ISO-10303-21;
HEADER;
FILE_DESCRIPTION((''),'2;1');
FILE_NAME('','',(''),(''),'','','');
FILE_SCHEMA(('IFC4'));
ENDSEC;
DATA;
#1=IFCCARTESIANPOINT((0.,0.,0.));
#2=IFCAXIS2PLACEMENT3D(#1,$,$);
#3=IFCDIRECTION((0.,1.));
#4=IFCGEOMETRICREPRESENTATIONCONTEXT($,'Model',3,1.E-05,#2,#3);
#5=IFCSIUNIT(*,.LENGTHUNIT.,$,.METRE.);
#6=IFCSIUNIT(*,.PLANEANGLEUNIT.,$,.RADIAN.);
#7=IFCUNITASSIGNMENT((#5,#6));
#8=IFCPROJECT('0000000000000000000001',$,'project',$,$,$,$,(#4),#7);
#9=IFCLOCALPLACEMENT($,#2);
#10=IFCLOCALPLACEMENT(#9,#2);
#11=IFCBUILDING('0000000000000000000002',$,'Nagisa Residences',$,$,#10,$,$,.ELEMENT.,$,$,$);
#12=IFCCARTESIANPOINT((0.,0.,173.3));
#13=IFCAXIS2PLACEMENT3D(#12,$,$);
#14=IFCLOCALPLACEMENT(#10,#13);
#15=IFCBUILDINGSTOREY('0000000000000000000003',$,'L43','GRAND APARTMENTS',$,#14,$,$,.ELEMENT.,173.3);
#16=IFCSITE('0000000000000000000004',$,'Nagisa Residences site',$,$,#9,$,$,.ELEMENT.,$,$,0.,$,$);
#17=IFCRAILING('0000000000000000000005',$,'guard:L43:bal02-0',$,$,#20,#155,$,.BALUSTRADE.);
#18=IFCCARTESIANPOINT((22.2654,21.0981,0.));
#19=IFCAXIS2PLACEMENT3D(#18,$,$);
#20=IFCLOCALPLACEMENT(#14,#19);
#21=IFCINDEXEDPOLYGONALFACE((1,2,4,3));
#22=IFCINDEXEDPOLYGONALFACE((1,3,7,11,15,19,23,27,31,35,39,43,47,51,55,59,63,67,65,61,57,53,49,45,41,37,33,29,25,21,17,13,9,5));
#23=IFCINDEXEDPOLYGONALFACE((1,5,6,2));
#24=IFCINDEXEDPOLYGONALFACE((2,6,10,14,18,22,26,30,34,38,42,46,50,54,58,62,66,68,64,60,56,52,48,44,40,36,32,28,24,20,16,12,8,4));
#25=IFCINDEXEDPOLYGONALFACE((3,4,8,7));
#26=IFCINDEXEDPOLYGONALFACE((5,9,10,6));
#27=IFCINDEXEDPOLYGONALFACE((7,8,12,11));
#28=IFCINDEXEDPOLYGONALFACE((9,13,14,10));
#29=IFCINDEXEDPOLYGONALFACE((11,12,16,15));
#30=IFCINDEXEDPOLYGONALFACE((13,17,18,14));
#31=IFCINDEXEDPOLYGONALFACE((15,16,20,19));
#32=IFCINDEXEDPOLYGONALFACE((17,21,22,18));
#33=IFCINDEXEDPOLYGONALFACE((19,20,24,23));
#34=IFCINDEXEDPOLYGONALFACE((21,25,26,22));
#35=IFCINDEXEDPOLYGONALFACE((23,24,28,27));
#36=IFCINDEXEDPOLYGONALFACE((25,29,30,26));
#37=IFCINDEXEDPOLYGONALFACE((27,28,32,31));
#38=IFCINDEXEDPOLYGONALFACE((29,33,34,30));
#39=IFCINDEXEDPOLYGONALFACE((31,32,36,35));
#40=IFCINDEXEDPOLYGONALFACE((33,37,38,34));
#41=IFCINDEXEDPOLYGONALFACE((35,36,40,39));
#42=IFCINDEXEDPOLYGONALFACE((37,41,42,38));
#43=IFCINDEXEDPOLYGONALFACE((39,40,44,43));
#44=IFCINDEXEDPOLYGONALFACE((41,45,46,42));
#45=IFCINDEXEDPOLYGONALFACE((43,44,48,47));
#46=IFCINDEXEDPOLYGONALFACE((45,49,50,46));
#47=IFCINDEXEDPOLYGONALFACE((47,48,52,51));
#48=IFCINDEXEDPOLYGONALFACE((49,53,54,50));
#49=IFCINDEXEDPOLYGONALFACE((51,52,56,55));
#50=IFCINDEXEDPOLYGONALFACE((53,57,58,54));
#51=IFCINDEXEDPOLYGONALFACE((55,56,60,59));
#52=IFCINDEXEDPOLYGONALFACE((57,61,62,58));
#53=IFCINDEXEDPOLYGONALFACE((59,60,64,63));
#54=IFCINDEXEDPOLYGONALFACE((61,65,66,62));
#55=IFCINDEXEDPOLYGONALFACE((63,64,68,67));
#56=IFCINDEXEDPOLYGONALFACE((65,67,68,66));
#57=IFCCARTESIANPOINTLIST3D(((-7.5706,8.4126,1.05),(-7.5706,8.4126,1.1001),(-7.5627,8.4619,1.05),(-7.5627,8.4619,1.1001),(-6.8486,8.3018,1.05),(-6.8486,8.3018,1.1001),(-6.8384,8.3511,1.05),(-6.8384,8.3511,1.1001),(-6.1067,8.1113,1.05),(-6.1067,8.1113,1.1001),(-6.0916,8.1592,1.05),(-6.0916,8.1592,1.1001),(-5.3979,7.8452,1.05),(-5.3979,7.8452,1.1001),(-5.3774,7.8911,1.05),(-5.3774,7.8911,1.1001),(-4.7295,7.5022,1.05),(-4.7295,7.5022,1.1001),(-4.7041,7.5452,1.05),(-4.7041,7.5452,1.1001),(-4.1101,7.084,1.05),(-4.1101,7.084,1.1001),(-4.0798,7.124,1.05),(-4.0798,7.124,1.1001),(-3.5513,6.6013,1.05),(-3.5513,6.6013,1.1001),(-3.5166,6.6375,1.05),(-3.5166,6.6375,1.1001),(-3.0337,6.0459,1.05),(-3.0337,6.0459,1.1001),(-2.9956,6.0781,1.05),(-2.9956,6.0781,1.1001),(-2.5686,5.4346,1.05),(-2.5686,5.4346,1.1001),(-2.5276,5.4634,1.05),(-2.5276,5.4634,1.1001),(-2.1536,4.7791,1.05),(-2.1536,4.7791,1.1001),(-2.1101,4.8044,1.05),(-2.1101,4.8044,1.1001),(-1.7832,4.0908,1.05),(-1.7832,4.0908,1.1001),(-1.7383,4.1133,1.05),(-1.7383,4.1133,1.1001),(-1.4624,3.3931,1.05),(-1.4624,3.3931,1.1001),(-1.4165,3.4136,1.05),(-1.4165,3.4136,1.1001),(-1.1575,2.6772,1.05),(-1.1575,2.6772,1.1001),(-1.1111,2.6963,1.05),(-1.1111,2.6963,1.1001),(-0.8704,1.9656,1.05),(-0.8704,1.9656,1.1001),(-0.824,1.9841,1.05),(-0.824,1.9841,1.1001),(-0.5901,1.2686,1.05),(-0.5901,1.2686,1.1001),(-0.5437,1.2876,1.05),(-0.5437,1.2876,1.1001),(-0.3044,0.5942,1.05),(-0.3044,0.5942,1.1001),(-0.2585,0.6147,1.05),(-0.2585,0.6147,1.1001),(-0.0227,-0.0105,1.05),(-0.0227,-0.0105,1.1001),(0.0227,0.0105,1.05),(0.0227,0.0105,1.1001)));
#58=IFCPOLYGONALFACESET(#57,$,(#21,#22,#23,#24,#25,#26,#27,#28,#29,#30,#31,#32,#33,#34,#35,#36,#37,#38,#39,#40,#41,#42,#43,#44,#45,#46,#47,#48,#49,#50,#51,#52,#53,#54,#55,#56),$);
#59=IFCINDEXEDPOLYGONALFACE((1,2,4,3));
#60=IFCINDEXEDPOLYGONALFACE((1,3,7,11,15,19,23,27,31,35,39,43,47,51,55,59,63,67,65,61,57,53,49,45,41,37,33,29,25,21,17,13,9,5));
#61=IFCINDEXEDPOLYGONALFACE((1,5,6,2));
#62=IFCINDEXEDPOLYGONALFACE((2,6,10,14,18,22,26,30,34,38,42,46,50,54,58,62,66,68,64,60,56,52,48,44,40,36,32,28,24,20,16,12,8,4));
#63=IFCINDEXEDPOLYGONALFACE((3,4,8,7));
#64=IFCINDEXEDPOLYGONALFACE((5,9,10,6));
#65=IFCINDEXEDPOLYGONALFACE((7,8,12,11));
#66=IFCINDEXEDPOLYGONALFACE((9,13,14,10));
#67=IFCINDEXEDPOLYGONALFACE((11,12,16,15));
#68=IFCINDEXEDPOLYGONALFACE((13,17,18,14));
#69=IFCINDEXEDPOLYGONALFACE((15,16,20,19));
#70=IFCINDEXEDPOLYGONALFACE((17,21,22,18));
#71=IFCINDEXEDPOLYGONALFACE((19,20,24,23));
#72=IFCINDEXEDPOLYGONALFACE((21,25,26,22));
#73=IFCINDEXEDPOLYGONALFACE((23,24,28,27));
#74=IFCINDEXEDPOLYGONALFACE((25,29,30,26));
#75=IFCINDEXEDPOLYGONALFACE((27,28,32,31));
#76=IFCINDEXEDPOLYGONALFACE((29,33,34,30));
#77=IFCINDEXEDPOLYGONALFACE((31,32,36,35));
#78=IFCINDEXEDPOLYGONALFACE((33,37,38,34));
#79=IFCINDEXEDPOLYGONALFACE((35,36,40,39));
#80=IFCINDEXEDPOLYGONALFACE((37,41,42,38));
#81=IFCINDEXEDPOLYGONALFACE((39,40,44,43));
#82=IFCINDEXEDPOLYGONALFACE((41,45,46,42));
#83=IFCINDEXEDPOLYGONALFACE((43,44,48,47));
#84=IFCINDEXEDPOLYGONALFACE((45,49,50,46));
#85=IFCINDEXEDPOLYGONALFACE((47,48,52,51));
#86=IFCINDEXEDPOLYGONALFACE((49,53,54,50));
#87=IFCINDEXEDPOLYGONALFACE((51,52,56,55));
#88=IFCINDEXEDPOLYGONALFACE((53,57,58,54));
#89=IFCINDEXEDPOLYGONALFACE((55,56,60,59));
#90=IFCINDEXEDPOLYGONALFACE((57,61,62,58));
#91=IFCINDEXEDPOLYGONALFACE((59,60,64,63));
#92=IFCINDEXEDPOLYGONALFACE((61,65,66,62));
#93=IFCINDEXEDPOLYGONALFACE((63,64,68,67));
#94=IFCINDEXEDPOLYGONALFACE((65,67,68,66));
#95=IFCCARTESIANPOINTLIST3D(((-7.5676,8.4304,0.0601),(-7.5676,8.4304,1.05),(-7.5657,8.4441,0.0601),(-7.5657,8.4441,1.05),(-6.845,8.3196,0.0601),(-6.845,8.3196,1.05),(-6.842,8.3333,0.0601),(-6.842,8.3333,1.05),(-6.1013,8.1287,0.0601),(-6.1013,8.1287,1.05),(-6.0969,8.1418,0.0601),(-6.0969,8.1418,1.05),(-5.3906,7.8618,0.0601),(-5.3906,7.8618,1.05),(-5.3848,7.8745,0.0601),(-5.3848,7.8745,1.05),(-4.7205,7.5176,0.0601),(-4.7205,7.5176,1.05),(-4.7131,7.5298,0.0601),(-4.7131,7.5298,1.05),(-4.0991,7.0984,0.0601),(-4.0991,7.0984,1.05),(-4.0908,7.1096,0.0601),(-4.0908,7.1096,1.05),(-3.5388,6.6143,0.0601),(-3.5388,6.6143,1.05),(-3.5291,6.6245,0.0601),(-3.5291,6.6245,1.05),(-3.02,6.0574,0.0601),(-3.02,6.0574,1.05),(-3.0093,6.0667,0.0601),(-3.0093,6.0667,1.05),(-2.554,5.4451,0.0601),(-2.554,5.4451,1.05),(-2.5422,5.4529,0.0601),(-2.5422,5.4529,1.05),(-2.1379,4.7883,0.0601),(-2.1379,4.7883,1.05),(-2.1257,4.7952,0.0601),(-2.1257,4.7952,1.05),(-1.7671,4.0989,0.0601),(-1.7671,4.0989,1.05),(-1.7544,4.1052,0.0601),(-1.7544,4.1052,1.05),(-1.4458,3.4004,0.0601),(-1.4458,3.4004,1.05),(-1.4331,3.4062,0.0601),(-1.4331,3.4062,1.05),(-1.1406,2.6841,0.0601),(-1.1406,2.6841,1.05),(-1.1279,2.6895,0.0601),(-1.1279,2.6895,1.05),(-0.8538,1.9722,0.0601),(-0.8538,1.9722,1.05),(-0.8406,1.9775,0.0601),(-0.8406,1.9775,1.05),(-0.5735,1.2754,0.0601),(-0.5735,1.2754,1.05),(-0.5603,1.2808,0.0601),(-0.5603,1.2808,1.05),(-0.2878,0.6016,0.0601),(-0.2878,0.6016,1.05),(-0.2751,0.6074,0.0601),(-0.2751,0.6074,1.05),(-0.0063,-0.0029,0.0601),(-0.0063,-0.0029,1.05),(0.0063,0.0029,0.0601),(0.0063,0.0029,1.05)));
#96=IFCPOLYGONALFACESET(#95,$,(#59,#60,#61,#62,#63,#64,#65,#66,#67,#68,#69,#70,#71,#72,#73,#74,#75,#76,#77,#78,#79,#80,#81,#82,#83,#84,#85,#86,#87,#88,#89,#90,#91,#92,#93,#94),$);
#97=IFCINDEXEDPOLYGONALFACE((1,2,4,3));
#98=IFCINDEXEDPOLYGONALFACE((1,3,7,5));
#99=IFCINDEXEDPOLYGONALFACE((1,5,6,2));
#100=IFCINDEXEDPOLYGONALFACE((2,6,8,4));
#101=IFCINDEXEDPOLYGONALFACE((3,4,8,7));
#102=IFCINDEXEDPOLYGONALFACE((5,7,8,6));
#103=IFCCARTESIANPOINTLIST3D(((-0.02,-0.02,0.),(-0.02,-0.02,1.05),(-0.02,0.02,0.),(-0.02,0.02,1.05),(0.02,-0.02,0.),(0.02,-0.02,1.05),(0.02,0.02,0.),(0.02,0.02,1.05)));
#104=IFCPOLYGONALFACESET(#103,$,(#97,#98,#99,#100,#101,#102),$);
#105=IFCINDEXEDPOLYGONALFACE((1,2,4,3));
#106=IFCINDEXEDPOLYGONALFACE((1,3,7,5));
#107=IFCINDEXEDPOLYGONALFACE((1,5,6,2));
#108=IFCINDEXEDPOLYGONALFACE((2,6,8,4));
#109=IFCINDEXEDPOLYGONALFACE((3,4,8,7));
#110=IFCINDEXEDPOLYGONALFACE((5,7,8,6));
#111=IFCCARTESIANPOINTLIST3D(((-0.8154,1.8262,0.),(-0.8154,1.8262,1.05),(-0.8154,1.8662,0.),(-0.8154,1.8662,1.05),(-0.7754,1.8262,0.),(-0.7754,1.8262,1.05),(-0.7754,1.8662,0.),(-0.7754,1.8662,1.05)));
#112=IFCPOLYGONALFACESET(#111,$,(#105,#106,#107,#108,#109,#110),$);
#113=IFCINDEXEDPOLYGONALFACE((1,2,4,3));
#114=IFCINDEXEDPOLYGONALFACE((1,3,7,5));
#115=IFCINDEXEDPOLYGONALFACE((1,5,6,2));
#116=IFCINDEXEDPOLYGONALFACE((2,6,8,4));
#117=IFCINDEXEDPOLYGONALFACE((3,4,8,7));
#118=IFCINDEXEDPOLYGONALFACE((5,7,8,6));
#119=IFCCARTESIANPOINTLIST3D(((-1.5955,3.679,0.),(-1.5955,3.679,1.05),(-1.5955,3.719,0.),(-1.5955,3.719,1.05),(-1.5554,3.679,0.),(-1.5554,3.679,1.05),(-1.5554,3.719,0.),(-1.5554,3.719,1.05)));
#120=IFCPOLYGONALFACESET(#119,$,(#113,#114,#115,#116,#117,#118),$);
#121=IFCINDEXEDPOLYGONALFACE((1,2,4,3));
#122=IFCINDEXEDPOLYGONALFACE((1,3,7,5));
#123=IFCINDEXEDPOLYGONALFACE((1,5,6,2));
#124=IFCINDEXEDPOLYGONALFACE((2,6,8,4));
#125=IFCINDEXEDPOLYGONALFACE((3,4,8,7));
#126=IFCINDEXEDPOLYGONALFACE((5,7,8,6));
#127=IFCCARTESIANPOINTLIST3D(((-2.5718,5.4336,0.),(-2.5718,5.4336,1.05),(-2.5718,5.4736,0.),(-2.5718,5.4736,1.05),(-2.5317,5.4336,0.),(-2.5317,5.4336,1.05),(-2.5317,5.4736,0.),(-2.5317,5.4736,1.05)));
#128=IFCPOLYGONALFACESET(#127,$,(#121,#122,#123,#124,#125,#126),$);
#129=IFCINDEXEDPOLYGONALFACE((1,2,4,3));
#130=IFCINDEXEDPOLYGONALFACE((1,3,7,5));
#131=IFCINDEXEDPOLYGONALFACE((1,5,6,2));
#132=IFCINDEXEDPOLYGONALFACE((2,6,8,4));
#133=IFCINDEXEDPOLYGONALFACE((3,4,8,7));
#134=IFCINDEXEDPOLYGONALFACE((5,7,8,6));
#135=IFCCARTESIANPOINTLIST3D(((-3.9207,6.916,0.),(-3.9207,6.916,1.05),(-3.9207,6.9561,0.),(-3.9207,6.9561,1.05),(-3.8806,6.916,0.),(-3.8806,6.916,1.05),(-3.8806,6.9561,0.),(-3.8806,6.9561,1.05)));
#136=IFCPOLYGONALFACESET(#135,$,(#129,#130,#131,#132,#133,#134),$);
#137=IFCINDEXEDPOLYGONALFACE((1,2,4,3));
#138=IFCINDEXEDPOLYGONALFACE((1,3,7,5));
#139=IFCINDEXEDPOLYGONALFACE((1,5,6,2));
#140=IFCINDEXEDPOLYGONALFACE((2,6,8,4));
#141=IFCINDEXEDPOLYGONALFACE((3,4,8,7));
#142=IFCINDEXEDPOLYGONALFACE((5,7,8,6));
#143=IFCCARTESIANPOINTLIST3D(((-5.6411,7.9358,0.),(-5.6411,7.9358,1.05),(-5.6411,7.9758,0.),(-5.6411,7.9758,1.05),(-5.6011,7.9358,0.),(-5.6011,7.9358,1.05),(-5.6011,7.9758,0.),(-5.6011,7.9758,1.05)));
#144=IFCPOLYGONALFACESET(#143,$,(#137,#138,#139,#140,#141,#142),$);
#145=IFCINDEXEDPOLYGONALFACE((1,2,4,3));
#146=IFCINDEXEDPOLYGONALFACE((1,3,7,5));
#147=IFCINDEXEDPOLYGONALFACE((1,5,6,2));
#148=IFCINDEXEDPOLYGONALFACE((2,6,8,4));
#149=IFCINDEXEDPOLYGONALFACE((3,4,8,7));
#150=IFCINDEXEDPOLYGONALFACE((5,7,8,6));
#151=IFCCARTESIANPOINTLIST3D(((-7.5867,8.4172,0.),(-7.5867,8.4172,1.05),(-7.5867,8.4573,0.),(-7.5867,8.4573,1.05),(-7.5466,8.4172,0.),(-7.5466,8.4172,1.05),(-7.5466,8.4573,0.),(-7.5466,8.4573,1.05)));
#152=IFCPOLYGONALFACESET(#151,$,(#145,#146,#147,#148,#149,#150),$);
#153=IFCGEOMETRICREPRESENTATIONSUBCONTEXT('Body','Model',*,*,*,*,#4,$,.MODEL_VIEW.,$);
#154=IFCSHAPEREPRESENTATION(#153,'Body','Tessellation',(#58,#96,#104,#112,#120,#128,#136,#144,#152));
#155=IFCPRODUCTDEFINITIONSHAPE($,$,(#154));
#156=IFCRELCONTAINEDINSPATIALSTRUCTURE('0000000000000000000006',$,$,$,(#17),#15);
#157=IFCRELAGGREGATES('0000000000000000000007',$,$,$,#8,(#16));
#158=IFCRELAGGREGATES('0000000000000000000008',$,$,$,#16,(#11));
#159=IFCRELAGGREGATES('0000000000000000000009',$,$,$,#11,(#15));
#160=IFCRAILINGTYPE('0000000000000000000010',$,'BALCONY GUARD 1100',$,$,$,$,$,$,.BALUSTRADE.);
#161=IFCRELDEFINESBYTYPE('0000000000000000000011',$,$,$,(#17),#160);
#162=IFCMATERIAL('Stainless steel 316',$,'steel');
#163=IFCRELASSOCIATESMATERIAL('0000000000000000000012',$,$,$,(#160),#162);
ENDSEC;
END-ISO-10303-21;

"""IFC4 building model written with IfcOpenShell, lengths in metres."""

from ifc_helpers import new_model, si_unit, direction, frame, origin, origin_2d, place, context, subcontext, project, spatial, polyline, rectangle, outline, extrude, material, type_object, element, save


model = new_model("IFC4")

# Units and contexts
model_context = context("Model", 3, precision=1e-05, world=origin(), true_north=direction((0.0, 1.0)))
body_context = subcontext(model_context, "Body", "Model", "MODEL_VIEW")
ifc_project = project(units=[si_unit("LENGTHUNIT", "METRE"), si_unit("PLANEANGLEUNIT", "RADIAN")], contexts=[model_context])

# Site, building, storey
site_placement = place(None, origin())
site = spatial("IfcSite", under=ifc_project, at=site_placement, Name="Nagisa Residences site", CompositionType="ELEMENT", RefElevation=0.0)
building_placement = place(site_placement, origin())
building = spatial("IfcBuilding", under=site, at=building_placement, Name="Nagisa Residences", CompositionType="ELEMENT")
storey_placement = place(building_placement, frame((0.0, 0.0, 173.3)))
storey = spatial("IfcBuildingStorey", under=building, at=storey_placement, Name="L43", Description="GRAND APARTMENTS", CompositionType="ELEMENT", Elevation=173.3)

# Railing
ifc_material_1 = material(Name="Stainless steel 316", Category="steel")
railing_type = type_object("IfcRailingType", Name="BALCONY GUARD 1100", PredefinedType="BALUSTRADE", material=ifc_material_1)
railing_1_placement = place(storey_placement, frame((22.2654, 21.0981, 0.0)))
element("IfcRailing", 1, at=railing_1_placement, inside=storey, type_object=railing_type, Name="guard:L43:bal02-0", PredefinedType="BALUSTRADE", context=body_context, shape_type="SweptSolid", body=[
    extrude(outline(polyline([(-0.3044, 0.5942), (-0.0227, -0.0105), (0.0227, 0.0105), (-0.2585, 0.6147), (-0.5437, 1.2876), (-0.824, 1.9841), (-1.1111, 2.6963), (-1.4165, 3.4136), (-1.7383, 4.1133), (-2.1101, 4.8044), (-2.5276, 5.4634), (-2.9956, 6.0781), (-3.5166, 6.6375), (-4.0798, 7.124), (-4.7041, 7.5452), (-5.3774, 7.8911), (-6.0916, 8.1592), (-6.8384, 8.3511), (-7.5627, 8.4619), (-7.5706, 8.4126), (-6.8486, 8.3018), (-6.1067, 8.1113), (-5.3979, 7.8452), (-4.7295, 7.5022), (-4.1101, 7.084), (-3.5513, 6.6013), (-3.0337, 6.0459), (-2.5686, 5.4346), (-2.1536, 4.7791), (-1.7832, 4.0908), (-1.4624, 3.3931), (-1.1575, 2.6772), (-0.8704, 1.9656), (-0.5901, 1.2686), (-0.3044, 0.5942)])), frame((0.0, 0.0, 1.05)), (0.0, 0.0, 1.0), 0.05),
    extrude(outline(polyline([(-0.2878, 0.6016), (-0.0063, -0.0029), (0.0063, 0.0029), (-0.2751, 0.6074), (-0.5603, 1.2808), (-0.8406, 1.9775), (-1.1279, 2.6895), (-1.4331, 3.4062), (-1.7544, 4.1052), (-2.1257, 4.7952), (-2.5422, 5.4529), (-3.0093, 6.0667), (-3.5291, 6.6245), (-4.0908, 7.1096), (-4.7131, 7.5298), (-5.3848, 7.8745), (-6.0969, 8.1418), (-6.842, 8.3333), (-7.5657, 8.4441), (-7.5676, 8.4304), (-6.845, 8.3196), (-6.1013, 8.1287), (-5.3906, 7.8618), (-4.7205, 7.5176), (-4.0991, 7.0984), (-3.5388, 6.6143), (-3.02, 6.0574), (-2.554, 5.4451), (-2.1379, 4.7883), (-1.7671, 4.0989), (-1.4458, 3.4004), (-1.1406, 2.6841), (-0.8538, 1.9722), (-0.5735, 1.2754), (-0.2878, 0.6016)])), frame((0.0, 0.0, 0.0601)), (0.0, 0.0, 1.0), 0.99),
    extrude(rectangle(XDim=0.04, YDim=0.04, at=origin_2d()), origin(), (0.0, 0.0, 1.0), 1.05),
    extrude(rectangle(XDim=0.04, YDim=0.04, at=origin_2d()), frame((-0.7954, 1.8462, 0.0)), (0.0, 0.0, 1.0), 1.05),
    extrude(rectangle(XDim=0.04, YDim=0.04, at=origin_2d()), frame((-1.5754, 3.699, 0.0)), (0.0, 0.0, 1.0), 1.05),
    extrude(rectangle(XDim=0.04, YDim=0.04, at=origin_2d()), frame((-2.5518, 5.4536, 0.0)), (0.0, 0.0, 1.0), 1.05),
    extrude(rectangle(XDim=0.04, YDim=0.04, at=origin_2d()), frame((-3.9006, 6.936, 0.0)), (0.0, 0.0, 1.0), 1.05),
    extrude(rectangle(XDim=0.04, YDim=0.04, at=origin_2d()), frame((-5.6211, 7.9558, 0.0)), (0.0, 0.0, 1.0), 1.05),
    extrude(rectangle(XDim=0.04, YDim=0.04, at=origin_2d()), frame((-7.5667, 8.4373, 0.0)), (0.0, 0.0, 1.0), 1.05),
])

save(model, "model.ifc")
